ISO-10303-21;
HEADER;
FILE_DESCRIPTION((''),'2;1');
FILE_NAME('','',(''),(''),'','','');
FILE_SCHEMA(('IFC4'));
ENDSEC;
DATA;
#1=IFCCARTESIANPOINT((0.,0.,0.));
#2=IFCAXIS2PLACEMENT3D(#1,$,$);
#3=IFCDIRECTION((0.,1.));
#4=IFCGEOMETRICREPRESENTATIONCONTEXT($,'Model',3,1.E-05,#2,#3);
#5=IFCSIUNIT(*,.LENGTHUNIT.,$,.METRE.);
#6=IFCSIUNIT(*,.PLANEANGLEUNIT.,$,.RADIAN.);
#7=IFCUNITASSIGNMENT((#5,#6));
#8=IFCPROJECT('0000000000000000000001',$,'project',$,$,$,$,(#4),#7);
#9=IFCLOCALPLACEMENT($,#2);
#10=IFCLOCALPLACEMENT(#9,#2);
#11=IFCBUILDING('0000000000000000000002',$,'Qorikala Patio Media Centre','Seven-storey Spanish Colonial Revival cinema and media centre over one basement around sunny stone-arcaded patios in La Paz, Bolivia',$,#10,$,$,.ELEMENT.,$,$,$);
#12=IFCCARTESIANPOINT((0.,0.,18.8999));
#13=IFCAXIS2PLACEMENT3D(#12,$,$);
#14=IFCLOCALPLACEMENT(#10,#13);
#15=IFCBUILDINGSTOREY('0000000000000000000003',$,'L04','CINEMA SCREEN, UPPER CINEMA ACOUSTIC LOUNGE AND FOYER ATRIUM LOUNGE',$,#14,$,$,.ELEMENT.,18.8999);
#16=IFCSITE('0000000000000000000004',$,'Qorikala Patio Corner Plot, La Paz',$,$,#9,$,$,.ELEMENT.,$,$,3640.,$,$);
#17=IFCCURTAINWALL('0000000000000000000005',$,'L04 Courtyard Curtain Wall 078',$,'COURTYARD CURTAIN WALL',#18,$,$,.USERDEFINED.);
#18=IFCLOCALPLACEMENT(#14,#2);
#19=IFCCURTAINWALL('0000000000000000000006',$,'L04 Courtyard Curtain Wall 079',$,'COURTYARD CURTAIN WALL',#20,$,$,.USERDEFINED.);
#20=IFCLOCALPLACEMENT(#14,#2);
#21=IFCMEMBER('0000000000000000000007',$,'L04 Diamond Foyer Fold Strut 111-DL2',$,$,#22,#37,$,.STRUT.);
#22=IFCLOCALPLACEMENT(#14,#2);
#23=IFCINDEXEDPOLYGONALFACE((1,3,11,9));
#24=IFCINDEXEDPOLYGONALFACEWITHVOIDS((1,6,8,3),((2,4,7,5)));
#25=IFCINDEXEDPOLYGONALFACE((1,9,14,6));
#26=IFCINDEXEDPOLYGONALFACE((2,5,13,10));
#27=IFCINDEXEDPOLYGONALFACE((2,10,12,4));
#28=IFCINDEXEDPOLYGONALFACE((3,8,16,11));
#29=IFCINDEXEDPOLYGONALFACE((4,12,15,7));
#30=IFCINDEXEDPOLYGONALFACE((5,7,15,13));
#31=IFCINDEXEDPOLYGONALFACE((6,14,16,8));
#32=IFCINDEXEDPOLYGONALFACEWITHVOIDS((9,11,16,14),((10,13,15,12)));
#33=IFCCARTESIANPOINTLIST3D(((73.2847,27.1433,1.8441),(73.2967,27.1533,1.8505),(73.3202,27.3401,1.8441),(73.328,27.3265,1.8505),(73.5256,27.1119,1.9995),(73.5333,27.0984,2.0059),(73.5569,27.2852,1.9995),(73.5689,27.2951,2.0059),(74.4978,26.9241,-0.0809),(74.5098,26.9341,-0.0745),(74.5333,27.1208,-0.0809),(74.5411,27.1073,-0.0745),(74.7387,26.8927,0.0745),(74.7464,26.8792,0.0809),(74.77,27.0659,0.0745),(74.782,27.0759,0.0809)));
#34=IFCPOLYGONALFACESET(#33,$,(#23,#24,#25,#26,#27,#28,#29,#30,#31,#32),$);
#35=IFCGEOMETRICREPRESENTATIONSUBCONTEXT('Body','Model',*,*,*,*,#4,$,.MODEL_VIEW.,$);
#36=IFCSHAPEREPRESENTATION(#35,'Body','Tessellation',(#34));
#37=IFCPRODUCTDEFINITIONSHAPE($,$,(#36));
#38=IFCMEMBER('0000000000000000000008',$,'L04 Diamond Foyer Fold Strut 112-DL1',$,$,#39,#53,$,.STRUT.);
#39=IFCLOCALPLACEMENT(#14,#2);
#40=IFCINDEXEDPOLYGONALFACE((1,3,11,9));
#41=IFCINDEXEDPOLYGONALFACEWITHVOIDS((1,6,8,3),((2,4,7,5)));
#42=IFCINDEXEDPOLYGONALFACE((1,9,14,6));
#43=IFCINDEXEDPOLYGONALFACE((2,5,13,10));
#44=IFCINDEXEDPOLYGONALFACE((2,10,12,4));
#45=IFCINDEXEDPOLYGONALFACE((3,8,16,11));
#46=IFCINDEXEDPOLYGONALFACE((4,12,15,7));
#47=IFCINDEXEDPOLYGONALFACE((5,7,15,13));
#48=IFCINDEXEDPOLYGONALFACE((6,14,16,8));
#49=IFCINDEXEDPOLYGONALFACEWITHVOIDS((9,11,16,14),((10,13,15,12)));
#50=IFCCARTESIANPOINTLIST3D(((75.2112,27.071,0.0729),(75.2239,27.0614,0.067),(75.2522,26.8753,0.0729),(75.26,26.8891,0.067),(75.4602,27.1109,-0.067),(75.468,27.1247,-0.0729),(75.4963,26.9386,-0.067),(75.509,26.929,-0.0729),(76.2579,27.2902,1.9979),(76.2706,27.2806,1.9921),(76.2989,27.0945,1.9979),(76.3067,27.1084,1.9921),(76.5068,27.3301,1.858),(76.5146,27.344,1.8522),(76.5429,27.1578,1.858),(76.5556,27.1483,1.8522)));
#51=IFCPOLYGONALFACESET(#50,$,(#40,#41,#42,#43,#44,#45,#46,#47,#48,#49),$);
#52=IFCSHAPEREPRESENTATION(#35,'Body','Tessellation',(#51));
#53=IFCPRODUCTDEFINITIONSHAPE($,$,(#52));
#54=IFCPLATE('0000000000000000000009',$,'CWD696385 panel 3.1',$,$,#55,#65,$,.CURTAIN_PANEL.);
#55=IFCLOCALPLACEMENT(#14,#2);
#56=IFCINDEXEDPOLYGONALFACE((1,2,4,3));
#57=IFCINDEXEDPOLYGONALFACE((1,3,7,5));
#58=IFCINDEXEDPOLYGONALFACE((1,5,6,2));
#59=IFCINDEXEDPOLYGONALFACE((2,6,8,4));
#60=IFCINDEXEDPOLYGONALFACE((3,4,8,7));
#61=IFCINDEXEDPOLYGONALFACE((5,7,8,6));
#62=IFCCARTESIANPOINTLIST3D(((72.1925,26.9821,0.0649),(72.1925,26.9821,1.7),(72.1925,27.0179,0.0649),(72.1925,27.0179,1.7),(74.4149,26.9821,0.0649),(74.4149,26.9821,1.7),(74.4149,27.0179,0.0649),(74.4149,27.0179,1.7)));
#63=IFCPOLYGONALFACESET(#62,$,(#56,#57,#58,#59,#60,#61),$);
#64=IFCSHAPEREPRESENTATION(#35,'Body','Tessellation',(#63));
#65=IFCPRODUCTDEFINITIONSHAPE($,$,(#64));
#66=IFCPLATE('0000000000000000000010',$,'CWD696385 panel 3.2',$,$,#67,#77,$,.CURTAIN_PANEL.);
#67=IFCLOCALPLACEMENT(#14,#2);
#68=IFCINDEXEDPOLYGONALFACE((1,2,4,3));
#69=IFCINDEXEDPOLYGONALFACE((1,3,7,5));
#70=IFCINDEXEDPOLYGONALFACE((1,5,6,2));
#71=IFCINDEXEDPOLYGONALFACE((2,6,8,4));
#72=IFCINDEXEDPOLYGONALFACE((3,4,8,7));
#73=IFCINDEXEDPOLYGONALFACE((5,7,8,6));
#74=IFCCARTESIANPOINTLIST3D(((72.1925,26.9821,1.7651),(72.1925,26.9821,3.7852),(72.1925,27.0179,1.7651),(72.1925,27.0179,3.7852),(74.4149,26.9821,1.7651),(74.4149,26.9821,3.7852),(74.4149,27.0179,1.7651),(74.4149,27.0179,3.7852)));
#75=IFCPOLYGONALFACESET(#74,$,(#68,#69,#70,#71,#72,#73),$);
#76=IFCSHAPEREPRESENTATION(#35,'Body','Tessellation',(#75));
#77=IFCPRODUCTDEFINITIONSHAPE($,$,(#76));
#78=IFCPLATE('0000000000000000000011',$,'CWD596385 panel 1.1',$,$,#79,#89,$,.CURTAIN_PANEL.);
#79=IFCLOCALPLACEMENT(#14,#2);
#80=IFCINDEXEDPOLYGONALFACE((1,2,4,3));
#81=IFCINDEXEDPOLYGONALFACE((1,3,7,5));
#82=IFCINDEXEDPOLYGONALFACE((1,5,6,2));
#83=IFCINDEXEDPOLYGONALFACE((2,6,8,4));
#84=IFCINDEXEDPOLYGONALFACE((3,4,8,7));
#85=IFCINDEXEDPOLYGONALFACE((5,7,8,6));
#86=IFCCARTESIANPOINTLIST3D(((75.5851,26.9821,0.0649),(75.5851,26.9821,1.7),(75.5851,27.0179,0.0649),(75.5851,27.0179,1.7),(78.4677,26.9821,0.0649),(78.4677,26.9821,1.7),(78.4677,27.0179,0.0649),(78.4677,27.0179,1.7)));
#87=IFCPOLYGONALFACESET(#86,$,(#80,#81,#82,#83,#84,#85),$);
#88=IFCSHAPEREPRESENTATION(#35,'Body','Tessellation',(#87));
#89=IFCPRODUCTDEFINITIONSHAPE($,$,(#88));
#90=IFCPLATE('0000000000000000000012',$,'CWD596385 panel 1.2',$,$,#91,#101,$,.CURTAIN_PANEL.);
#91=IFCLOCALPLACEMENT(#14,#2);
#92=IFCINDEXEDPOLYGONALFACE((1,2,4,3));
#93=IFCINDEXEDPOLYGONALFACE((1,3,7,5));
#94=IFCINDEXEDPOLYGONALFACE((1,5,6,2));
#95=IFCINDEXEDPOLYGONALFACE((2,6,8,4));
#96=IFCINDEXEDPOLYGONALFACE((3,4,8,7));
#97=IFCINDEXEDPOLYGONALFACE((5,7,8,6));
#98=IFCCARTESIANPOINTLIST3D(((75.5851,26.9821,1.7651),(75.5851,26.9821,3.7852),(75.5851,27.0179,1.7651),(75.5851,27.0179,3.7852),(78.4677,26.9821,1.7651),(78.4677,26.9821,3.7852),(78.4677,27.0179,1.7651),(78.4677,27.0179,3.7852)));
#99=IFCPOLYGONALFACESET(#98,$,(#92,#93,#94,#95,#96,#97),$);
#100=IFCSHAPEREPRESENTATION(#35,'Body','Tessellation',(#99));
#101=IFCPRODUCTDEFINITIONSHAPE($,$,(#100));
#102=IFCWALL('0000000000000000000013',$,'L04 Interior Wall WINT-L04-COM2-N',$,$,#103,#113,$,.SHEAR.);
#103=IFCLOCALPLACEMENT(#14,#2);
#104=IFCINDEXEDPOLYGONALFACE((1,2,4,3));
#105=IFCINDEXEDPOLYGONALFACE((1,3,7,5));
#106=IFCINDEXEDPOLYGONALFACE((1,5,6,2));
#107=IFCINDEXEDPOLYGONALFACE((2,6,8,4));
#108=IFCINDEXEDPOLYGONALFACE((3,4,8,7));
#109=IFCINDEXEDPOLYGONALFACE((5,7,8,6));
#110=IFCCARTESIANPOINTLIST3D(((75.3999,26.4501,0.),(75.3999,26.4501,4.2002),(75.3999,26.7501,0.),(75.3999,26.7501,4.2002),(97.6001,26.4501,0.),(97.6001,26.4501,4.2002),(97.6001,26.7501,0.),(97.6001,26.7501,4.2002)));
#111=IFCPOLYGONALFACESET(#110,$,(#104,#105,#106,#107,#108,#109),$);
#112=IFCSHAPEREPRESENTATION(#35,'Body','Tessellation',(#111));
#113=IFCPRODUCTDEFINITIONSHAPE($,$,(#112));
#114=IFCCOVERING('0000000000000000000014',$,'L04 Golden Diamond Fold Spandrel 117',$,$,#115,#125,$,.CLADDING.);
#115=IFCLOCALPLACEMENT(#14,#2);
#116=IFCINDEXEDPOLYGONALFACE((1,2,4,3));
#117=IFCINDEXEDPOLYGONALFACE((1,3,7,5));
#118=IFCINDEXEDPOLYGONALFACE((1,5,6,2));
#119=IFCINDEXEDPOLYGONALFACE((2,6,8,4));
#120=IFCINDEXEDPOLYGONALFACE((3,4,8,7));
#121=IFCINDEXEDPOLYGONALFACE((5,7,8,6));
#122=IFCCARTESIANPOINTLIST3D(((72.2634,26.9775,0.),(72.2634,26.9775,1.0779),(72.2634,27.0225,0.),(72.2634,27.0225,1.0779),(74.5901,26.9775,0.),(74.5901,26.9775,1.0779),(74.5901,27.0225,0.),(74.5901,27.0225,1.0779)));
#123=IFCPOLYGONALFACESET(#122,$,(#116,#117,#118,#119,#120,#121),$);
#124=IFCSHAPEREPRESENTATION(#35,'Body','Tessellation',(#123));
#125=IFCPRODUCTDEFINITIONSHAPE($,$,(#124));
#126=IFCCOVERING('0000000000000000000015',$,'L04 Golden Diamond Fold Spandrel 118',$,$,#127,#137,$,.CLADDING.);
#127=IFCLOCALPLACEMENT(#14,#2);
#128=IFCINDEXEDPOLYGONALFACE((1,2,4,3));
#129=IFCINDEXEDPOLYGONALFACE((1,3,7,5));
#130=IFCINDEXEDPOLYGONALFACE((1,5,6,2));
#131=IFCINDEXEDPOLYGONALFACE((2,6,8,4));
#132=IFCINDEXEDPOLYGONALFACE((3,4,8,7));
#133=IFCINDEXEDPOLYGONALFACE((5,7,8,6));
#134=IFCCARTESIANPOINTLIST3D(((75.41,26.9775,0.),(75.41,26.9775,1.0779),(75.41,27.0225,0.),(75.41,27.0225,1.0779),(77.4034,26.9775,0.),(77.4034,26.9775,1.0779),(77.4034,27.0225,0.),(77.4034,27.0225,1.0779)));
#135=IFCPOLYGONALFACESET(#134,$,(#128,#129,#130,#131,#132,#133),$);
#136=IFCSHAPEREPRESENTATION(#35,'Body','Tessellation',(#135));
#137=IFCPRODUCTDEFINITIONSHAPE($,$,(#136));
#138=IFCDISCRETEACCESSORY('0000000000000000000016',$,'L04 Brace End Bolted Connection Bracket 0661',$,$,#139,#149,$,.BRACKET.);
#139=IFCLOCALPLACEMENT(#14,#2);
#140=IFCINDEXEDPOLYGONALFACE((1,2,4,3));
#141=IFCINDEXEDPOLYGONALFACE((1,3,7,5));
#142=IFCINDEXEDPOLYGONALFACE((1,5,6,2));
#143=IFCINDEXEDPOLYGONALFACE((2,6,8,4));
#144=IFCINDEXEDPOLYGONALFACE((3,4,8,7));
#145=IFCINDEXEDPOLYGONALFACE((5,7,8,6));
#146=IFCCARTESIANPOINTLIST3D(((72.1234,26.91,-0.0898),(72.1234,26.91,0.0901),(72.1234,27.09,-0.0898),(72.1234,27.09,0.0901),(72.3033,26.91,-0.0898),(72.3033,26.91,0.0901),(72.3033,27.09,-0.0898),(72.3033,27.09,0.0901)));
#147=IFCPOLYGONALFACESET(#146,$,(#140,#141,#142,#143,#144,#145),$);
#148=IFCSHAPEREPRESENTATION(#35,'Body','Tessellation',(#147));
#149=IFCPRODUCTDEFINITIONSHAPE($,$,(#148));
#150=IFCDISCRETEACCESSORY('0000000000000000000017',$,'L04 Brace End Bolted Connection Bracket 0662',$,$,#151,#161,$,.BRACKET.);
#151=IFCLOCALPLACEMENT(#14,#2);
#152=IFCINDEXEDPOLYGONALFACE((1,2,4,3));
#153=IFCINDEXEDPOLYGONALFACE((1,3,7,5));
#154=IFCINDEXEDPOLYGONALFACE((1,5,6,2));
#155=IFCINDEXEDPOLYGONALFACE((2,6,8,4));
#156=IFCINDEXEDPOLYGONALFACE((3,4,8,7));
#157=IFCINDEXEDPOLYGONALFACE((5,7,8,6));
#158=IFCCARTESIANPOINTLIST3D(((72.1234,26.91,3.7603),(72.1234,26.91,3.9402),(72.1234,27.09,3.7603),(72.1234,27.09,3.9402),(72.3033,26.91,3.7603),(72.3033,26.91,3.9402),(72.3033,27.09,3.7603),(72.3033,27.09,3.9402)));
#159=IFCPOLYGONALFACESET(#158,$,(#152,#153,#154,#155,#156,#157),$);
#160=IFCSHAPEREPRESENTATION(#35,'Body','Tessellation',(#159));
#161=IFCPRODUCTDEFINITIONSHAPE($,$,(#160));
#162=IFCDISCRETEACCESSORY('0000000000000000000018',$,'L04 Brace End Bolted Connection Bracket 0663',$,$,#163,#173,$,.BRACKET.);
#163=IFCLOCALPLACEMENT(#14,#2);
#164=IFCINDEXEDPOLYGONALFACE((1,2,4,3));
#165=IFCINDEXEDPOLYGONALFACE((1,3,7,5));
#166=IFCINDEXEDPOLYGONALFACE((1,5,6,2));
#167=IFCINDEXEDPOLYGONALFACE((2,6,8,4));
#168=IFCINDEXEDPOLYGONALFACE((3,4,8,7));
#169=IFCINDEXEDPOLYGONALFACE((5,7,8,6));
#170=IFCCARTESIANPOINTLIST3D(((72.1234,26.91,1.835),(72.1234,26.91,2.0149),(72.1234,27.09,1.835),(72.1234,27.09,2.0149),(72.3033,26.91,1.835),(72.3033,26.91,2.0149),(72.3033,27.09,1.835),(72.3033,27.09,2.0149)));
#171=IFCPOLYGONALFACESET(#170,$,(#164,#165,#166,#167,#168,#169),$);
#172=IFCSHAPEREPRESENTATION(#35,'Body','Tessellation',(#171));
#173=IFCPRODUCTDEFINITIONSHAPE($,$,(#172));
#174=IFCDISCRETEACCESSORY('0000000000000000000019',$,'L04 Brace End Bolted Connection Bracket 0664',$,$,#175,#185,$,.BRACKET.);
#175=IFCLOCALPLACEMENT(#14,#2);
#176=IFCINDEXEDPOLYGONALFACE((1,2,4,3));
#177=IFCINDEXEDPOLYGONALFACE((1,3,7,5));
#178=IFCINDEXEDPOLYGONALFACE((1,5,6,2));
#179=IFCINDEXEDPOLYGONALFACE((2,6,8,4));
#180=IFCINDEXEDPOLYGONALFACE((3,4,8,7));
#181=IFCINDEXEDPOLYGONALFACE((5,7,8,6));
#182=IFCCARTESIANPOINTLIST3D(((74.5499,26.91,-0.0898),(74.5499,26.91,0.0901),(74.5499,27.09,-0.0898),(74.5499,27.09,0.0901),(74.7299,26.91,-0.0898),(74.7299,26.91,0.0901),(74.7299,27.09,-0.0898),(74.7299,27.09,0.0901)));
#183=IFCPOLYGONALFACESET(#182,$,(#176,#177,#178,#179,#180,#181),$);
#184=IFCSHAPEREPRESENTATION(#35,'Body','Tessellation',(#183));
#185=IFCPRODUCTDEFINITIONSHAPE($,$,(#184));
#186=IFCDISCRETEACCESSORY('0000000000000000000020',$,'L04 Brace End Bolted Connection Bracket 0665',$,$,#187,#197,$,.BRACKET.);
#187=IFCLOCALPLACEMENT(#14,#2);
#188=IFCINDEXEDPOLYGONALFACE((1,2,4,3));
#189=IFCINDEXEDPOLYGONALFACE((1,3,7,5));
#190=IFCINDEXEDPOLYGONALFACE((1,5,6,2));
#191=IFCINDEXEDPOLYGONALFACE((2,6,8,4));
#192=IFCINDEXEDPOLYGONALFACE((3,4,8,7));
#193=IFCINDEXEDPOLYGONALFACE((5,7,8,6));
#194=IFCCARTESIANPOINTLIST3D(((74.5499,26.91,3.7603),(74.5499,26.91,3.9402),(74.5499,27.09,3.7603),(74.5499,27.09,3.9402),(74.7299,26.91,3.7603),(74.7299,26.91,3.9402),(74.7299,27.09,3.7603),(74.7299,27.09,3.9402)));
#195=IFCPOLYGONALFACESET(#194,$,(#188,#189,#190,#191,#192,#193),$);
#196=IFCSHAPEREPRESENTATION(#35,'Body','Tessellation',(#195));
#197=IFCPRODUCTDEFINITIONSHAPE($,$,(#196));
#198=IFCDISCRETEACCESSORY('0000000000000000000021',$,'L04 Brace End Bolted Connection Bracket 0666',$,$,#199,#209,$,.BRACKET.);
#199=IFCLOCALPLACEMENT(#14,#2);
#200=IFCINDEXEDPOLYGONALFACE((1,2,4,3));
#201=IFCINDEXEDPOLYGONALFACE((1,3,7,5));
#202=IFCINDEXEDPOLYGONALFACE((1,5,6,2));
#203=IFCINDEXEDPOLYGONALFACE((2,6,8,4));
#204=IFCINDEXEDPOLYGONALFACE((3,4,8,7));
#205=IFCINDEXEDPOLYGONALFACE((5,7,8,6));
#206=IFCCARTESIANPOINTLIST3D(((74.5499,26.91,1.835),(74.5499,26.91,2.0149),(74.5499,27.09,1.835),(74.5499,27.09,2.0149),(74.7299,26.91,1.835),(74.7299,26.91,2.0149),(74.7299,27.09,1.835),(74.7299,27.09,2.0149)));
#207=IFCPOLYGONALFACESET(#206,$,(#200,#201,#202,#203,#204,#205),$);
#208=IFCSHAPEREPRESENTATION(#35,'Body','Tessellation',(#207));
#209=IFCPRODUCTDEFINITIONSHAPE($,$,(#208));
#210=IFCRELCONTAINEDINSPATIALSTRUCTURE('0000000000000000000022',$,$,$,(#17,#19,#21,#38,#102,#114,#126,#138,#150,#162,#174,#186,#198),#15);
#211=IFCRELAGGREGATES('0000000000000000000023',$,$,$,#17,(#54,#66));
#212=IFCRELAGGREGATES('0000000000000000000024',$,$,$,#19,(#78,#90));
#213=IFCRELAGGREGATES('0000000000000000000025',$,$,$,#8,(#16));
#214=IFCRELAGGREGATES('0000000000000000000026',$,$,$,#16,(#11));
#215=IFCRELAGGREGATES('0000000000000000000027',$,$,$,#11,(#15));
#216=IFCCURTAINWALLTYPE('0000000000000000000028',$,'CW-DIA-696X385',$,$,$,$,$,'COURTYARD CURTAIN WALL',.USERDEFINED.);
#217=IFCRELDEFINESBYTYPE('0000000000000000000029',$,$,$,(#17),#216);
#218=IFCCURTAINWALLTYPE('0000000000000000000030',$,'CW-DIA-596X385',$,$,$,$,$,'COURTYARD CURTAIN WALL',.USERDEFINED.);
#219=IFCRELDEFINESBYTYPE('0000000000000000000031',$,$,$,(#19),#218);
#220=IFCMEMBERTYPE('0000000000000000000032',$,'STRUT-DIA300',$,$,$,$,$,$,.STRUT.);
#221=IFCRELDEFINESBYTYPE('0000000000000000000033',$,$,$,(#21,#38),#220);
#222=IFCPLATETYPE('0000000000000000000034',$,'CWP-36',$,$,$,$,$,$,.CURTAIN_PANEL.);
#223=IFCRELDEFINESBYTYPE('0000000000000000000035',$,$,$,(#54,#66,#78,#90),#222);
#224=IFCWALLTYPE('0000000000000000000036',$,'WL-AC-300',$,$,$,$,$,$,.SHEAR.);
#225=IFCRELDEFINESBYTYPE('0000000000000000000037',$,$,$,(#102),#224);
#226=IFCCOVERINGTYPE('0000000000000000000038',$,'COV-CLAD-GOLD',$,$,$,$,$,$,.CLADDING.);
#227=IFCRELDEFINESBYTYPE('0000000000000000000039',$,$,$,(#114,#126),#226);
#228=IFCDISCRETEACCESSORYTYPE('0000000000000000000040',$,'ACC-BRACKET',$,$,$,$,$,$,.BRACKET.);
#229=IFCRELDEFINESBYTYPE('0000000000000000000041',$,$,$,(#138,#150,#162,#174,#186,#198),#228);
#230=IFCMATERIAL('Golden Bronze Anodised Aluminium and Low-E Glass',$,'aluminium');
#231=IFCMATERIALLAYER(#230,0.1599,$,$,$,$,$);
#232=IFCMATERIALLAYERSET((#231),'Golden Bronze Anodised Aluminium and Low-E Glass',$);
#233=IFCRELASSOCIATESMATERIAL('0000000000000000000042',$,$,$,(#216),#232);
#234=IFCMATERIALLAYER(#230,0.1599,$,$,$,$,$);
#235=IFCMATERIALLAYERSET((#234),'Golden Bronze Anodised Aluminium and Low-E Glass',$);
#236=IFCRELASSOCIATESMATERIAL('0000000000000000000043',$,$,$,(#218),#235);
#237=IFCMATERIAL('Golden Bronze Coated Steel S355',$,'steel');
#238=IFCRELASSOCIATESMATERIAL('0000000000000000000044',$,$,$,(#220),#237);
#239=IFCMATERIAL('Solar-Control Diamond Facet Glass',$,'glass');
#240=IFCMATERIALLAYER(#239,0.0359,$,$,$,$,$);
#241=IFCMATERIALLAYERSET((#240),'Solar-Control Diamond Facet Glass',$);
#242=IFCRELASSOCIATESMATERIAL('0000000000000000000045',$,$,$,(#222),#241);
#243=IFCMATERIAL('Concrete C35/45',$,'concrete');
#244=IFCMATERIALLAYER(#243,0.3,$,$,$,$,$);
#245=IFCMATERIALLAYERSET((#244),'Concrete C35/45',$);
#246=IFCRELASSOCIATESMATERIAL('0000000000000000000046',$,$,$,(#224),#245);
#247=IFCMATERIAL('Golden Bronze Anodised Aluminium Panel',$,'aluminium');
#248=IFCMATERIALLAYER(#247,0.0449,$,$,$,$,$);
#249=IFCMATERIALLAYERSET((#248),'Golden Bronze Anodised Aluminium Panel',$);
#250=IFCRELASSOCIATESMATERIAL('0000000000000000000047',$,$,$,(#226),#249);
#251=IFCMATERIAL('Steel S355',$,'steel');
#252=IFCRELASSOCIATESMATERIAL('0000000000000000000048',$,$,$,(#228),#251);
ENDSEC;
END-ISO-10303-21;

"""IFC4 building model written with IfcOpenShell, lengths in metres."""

from ifc_helpers import new_model, si_unit, direction, frame, frame_2d, origin, origin_2d, place, context, subcontext, project, spatial, rectangle, hollow_rectangle, extrude, material, layer, layer_set, material_profile, profile_set, type_object, element, aggregate, save


model = new_model("IFC4")

# Units and contexts
model_context = context("Model", 3, precision=1e-05, world=origin(), true_north=direction((0.0, 1.0)))
body_context = subcontext(model_context, "Body", "Model", "MODEL_VIEW")
ifc_project = project(units=[si_unit("LENGTHUNIT", "METRE"), si_unit("PLANEANGLEUNIT", "RADIAN")], contexts=[model_context])

# Site, building, storey
site_placement = place(None, origin())
site = spatial("IfcSite", under=ifc_project, at=site_placement, Name="Qorikala Patio Corner Plot, La Paz", CompositionType="ELEMENT", RefElevation=3640.0)
building_placement = place(site_placement, origin())
building = spatial("IfcBuilding", under=site, at=building_placement, Name="Qorikala Patio Media Centre", Description="Seven-storey Spanish Colonial Revival cinema and media centre over one basement around sunny stone-arcaded patios in La Paz, Bolivia", CompositionType="ELEMENT")
storey_placement = place(building_placement, frame((0.0, 0.0, 18.8999)))
storey = spatial("IfcBuildingStorey", under=building, at=storey_placement, Name="L04", Description="CINEMA SCREEN, UPPER CINEMA ACOUSTIC LOUNGE AND FOYER ATRIUM LOUNGE", CompositionType="ELEMENT", Elevation=18.8999)

# Shared definitions
ifc_material_1 = material(Name="Concrete C35/45", Category="concrete")

# Shared definitions
ifc_material_2 = material(Name="Golden Bronze Coated Steel S355", Category="steel")

# Curtain walls
ifc_material_3 = material(Name="Golden Bronze Anodised Aluminium and Low-E Glass", Category="aluminium")
ifc_layer_1 = layer(ifc_material_3, 0.1599)
ifc_layer_set_1 = layer_set([ifc_layer_1], Name="Golden Bronze Anodised Aluminium and Low-E Glass")
curtain_wall_type_1 = type_object("IfcCurtainWallType", Name="CW-DIA-696X385", ElementType="COURTYARD CURTAIN WALL", PredefinedType="USERDEFINED", material=ifc_layer_set_1)
curtain_wall_1_placement = place(storey_placement, origin())
curtain_wall_1 = element("IfcCurtainWall", 1, at=curtain_wall_1_placement, inside=storey, type_object=curtain_wall_type_1, Name="L04 Courtyard Curtain Wall 078", ObjectType="COURTYARD CURTAIN WALL", PredefinedType="USERDEFINED")
ifc_layer_2 = layer(ifc_material_3, 0.1599)
ifc_layer_set_2 = layer_set([ifc_layer_2], Name="Golden Bronze Anodised Aluminium and Low-E Glass")
curtain_wall_type_2 = type_object("IfcCurtainWallType", Name="CW-DIA-596X385", ElementType="COURTYARD CURTAIN WALL", PredefinedType="USERDEFINED", material=ifc_layer_set_2)
curtain_wall_2_placement = place(storey_placement, origin())
curtain_wall_2 = element("IfcCurtainWall", 2, at=curtain_wall_2_placement, inside=storey, type_object=curtain_wall_type_2, Name="L04 Courtyard Curtain Wall 079", ObjectType="COURTYARD CURTAIN WALL", PredefinedType="USERDEFINED")

# Members
ifc_material_profile_1 = material_profile(ifc_material_2, hollow_rectangle(XDim=0.2, YDim=0.3, WallThickness=0.012, at=origin_2d()), Name="HSS300X200X12")
ifc_profile_set_1 = profile_set([ifc_material_profile_1], Name="Golden Bronze Coated Steel S355")
member_type_1 = type_object("IfcMemberType", Name="STRUT-DIA300", PredefinedType="STRUT", material=ifc_profile_set_1)
member_1_placement = place(storey_placement, frame((74.6399, 27.0, 0.0), z_axis=(-0.530691, 0.095907, 0.842121), x_axis=(-0.17784, -0.984059, 0.0)))
element("IfcMember", 3, at=member_1_placement, inside=storey, type_object=member_type_1, Name="L04 Diamond Foyer Fold Strut 111-DL2", PredefinedType="STRUT", context=body_context, shape_type="SweptSolid", body=[
    extrude(hollow_rectangle(XDim=0.2, YDim=0.3, WallThickness=0.012, at=origin_2d()), origin(), (0.0, 0.0, 1.0), 2.2859),
])
member_2_placement = place(storey_placement, frame((75.3601, 27.0, 0.0), z_axis=(0.475284, 0.099558, 0.874181), x_axis=(-0.205021, 0.978758, 0.0)))
element("IfcMember", 4, at=member_2_placement, inside=storey, type_object=member_type_1, Name="L04 Diamond Foyer Fold Strut 112-DL1", PredefinedType="STRUT", context=body_context, shape_type="SweptSolid", body=[
    extrude(hollow_rectangle(XDim=0.2, YDim=0.3, WallThickness=0.012, at=origin_2d()), origin(), (0.0, 0.0, 1.0), 2.2021),
])

# Plates
ifc_material_4 = material(Name="Solar-Control Diamond Facet Glass", Category="glass")
ifc_layer_3 = layer(ifc_material_4, 0.0359)
ifc_layer_set_3 = layer_set([ifc_layer_3], Name="Solar-Control Diamond Facet Glass")
plate_type = type_object("IfcPlateType", Name="CWP-36", PredefinedType="CURTAIN_PANEL", material=ifc_layer_set_3)
plate_1_placement = place(storey_placement, frame((73.3037, 27.0, 0.0649), z_axis=(0.0, 0.0, 1.0), x_axis=(1.0, 0.0, 0.0)))
plate_1 = element("IfcPlate", 5, at=plate_1_placement, type_object=plate_type, Name="CWD696385 panel 3.1", PredefinedType="CURTAIN_PANEL", context=body_context, shape_type="SweptSolid", body=[
    extrude(rectangle(XDim=2.2224, YDim=0.0359, at=origin_2d()), origin(), (0.0, 0.0, 1.0), 1.635),
])
plate_2_placement = place(storey_placement, frame((73.3037, 27.0, 1.7651), z_axis=(0.0, 0.0, 1.0), x_axis=(1.0, 0.0, 0.0)))
plate_2 = element("IfcPlate", 6, at=plate_2_placement, type_object=plate_type, Name="CWD696385 panel 3.2", PredefinedType="CURTAIN_PANEL", context=body_context, shape_type="SweptSolid", body=[
    extrude(rectangle(XDim=2.2224, YDim=0.0359, at=origin_2d()), origin(), (0.0, 0.0, 1.0), 2.02),
])
aggregate(curtain_wall_1, [plate_1, plate_2])
plate_3_placement = place(storey_placement, frame((77.0264, 27.0, 0.0649), z_axis=(0.0, 0.0, 1.0), x_axis=(1.0, 0.0, 0.0)))
plate_3 = element("IfcPlate", 7, at=plate_3_placement, type_object=plate_type, Name="CWD596385 panel 1.1", PredefinedType="CURTAIN_PANEL", context=body_context, shape_type="SweptSolid", body=[
    extrude(rectangle(XDim=2.8826, YDim=0.0359, at=origin_2d()), origin(), (0.0, 0.0, 1.0), 1.635),
])
plate_4_placement = place(storey_placement, frame((77.0264, 27.0, 1.7651), z_axis=(0.0, 0.0, 1.0), x_axis=(1.0, 0.0, 0.0)))
plate_4 = element("IfcPlate", 8, at=plate_4_placement, type_object=plate_type, Name="CWD596385 panel 1.2", PredefinedType="CURTAIN_PANEL", context=body_context, shape_type="SweptSolid", body=[
    extrude(rectangle(XDim=2.8826, YDim=0.0359, at=origin_2d()), origin(), (0.0, 0.0, 1.0), 2.02),
])
aggregate(curtain_wall_2, [plate_3, plate_4])

# Wall
ifc_layer_4 = layer(ifc_material_1, 0.3)
ifc_layer_set_4 = layer_set([ifc_layer_4], Name="Concrete C35/45")
wall_type = type_object("IfcWallType", Name="WL-AC-300", PredefinedType="SHEAR", material=ifc_layer_set_4)
wall_placement = place(storey_placement, frame((75.3999, 26.6001, 0.0), z_axis=(0.0, 0.0, 1.0), x_axis=(1.0, 0.0, 0.0)))
element("IfcWall", 9, at=wall_placement, inside=storey, type_object=wall_type, Name="L04 Interior Wall WINT-L04-COM2-N", PredefinedType="SHEAR", context=body_context, shape_type="SweptSolid", body=[
    extrude(rectangle(XDim=22.2002, YDim=0.3, at=frame_2d((11.1001, 0.0))), origin(), (0.0, 0.0, 1.0), 4.2002),
])

# Coverings
ifc_material_5 = material(Name="Golden Bronze Anodised Aluminium Panel", Category="aluminium")
ifc_layer_5 = layer(ifc_material_5, 0.0449)
ifc_layer_set_5 = layer_set([ifc_layer_5], Name="Golden Bronze Anodised Aluminium Panel")
covering_type = type_object("IfcCoveringType", Name="COV-CLAD-GOLD", PredefinedType="CLADDING", material=ifc_layer_set_5)
covering_1_placement = place(storey_placement, frame((73.4268, 27.0, 0.0), z_axis=(0.0, 0.0, 1.0), x_axis=(1.0, 0.0, 0.0)))
element("IfcCovering", 10, at=covering_1_placement, inside=storey, type_object=covering_type, Name="L04 Golden Diamond Fold Spandrel 117", PredefinedType="CLADDING", context=body_context, shape_type="SweptSolid", body=[
    extrude(rectangle(XDim=2.3267, YDim=0.0449, at=origin_2d()), origin(), (0.0, 0.0, 1.0), 1.0779),
])
covering_2_placement = place(storey_placement, frame((76.4067, 27.0, 0.0), z_axis=(0.0, 0.0, 1.0), x_axis=(1.0, 0.0, 0.0)))
element("IfcCovering", 11, at=covering_2_placement, inside=storey, type_object=covering_type, Name="L04 Golden Diamond Fold Spandrel 118", PredefinedType="CLADDING", context=body_context, shape_type="SweptSolid", body=[
    extrude(rectangle(XDim=1.9934, YDim=0.0449, at=origin_2d()), origin(), (0.0, 0.0, 1.0), 1.0779),
])

# Discrete accessories
ifc_material_6 = material(Name="Steel S355", Category="steel")
discrete_accessory_type = type_object("IfcDiscreteAccessoryType", Name="ACC-BRACKET", PredefinedType="BRACKET", material=ifc_material_6)
for number, where, z_axis, x_axis, name in (
    (12, (72.2134, 27.0, -0.0898), (0.0, 0.0, 1.0), (1.0, 0.0, 0.0), "L04 Brace End Bolted Connection Bracket 0661"),
    (13, (72.2134, 27.0, 3.7603), (0.0, 0.0, 1.0), (1.0, 0.0, 0.0), "L04 Brace End Bolted Connection Bracket 0662"),
    (14, (72.2134, 27.0, 1.835), (0.0, 0.0, 1.0), (1.0, 0.0, 0.0), "L04 Brace End Bolted Connection Bracket 0663"),
    (15, (74.6399, 27.0, -0.0898), (0.0, 0.0, 1.0), (1.0, 0.0, 0.0), "L04 Brace End Bolted Connection Bracket 0664"),
    (16, (74.6399, 27.0, 3.7603), (0.0, 0.0, 1.0), (1.0, 0.0, 0.0), "L04 Brace End Bolted Connection Bracket 0665"),
    (17, (74.6399, 27.0, 1.835), (0.0, 0.0, 1.0), (1.0, 0.0, 0.0), "L04 Brace End Bolted Connection Bracket 0666"),
):
    element("IfcDiscreteAccessory", number, at=place(storey_placement, frame(where, z_axis=z_axis, x_axis=x_axis)), inside=storey, type_object=discrete_accessory_type, Name=name, PredefinedType="BRACKET", context=body_context, shape_type="SweptSolid", body=[
        extrude(rectangle(XDim=0.1799, YDim=0.1799, at=origin_2d()), origin(), (0.0, 0.0, 1.0), 0.1799),
    ])

save(model, "model.ifc")
